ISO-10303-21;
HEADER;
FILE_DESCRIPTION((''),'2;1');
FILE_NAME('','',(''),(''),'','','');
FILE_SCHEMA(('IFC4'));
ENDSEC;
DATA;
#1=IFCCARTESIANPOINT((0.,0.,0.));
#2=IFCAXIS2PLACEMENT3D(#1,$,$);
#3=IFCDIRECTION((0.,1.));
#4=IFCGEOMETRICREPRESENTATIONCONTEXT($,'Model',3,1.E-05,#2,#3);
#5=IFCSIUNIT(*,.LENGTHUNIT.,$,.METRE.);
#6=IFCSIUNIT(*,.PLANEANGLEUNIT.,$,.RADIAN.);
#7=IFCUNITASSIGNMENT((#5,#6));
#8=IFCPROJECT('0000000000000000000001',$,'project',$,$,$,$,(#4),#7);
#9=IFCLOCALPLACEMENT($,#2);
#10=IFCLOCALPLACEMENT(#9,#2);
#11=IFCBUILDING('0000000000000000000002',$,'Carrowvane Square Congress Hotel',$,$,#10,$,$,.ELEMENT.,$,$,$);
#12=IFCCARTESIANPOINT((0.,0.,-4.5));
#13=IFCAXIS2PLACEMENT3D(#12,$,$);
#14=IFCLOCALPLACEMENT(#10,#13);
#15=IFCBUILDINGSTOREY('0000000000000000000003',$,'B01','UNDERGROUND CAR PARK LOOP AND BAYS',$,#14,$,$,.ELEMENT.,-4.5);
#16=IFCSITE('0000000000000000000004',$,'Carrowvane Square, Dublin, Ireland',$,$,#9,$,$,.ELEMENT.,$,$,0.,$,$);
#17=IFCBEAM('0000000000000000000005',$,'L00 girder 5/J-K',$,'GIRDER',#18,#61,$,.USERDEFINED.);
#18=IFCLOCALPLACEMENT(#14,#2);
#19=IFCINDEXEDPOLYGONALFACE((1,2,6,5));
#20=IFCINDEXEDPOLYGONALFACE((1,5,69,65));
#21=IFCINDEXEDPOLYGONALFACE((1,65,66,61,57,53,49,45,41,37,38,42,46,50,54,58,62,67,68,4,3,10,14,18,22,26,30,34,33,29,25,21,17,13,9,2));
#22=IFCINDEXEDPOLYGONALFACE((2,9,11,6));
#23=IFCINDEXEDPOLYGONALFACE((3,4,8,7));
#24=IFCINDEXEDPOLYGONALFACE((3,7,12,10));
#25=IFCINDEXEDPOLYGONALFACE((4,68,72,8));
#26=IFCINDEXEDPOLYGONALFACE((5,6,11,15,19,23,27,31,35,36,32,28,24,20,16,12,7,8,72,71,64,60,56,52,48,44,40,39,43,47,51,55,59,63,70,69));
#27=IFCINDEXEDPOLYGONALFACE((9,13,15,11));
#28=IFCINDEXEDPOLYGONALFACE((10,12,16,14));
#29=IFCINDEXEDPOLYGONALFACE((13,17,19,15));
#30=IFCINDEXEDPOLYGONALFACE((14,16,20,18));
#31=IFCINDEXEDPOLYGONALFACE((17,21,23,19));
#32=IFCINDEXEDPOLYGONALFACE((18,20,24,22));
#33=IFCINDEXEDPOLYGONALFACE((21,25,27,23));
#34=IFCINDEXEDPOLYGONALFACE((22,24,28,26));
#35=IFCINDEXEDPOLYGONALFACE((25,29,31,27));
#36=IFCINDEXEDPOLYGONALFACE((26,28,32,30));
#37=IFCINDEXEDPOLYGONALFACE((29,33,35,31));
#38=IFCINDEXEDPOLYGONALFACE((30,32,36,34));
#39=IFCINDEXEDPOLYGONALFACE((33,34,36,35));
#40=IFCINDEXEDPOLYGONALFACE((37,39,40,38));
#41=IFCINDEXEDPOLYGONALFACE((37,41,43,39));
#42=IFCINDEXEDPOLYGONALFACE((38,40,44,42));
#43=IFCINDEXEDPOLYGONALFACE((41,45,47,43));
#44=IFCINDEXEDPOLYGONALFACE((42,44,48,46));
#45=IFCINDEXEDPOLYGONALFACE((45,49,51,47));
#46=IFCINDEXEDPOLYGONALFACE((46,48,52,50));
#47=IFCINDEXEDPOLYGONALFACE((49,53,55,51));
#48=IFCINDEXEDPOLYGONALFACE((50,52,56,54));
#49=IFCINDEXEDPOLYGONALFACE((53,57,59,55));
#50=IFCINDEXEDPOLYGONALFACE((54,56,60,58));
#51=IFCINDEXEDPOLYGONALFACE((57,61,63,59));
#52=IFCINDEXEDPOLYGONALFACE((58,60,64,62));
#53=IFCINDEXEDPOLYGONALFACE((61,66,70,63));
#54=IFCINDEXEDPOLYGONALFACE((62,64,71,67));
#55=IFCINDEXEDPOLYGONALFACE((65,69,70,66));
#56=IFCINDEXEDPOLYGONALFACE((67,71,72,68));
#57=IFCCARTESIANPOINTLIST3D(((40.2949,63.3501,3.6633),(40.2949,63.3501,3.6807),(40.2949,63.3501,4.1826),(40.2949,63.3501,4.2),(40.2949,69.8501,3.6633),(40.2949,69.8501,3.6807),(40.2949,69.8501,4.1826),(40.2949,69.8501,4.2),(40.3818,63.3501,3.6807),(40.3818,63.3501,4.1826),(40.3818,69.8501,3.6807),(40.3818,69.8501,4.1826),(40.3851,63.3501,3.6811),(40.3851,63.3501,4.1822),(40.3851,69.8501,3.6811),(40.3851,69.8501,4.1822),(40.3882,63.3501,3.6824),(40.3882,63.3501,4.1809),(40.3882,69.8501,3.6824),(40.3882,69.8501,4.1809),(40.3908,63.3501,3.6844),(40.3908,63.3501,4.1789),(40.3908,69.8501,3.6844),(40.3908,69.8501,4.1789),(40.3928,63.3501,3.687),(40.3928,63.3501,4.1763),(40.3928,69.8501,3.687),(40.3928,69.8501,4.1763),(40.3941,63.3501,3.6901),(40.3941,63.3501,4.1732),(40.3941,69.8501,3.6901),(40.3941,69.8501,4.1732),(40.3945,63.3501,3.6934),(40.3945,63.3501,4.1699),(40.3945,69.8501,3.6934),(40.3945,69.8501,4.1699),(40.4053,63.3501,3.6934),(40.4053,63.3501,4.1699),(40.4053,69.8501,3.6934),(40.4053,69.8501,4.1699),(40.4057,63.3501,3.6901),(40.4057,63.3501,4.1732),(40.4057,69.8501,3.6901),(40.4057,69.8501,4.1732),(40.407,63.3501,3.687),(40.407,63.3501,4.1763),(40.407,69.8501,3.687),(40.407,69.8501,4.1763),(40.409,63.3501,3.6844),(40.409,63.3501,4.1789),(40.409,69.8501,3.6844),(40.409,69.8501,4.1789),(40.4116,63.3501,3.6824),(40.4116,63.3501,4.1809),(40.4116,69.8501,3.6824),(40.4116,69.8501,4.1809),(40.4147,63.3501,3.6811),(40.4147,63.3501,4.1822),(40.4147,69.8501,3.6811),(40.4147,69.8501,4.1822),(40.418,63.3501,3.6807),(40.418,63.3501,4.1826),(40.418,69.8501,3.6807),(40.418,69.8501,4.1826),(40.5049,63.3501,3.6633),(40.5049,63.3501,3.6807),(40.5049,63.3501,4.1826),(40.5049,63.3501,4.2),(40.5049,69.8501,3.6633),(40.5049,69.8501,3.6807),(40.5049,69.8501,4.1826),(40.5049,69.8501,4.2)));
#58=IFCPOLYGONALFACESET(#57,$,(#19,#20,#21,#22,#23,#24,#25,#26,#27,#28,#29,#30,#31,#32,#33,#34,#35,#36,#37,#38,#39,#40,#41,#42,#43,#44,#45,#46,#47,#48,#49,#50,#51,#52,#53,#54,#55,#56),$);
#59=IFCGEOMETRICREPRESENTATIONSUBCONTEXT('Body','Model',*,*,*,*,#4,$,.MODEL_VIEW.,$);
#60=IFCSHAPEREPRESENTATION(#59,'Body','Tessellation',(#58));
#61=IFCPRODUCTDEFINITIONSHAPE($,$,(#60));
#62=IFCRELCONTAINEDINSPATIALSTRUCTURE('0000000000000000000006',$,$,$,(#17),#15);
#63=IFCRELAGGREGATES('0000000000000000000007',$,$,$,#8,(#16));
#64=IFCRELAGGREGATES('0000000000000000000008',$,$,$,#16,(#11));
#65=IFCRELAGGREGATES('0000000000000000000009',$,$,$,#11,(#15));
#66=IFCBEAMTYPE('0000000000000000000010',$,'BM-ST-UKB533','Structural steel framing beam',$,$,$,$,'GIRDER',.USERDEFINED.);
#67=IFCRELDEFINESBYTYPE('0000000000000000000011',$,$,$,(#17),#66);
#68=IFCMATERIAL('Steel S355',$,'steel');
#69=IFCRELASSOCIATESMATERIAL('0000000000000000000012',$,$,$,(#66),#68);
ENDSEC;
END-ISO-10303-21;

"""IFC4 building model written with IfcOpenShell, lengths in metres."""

from ifc_helpers import new_model, si_unit, direction, frame, origin, origin_2d, place, context, subcontext, project, spatial, i_section, extrude, material, material_profile, profile_set, type_object, element, save


model = new_model("IFC4")

# Units and contexts
model_context = context("Model", 3, precision=1e-05, world=origin(), true_north=direction((0.0, 1.0)))
body_context = subcontext(model_context, "Body", "Model", "MODEL_VIEW")
ifc_project = project(units=[si_unit("LENGTHUNIT", "METRE"), si_unit("PLANEANGLEUNIT", "RADIAN")], contexts=[model_context])

# Site, building, storey
site_placement = place(None, origin())
site = spatial("IfcSite", under=ifc_project, at=site_placement, Name="Carrowvane Square, Dublin, Ireland", CompositionType="ELEMENT", RefElevation=0.0)
building_placement = place(site_placement, origin())
building = spatial("IfcBuilding", under=site, at=building_placement, Name="Carrowvane Square Congress Hotel", CompositionType="ELEMENT")
storey_placement = place(building_placement, frame((0.0, 0.0, -4.5)))
storey = spatial("IfcBuildingStorey", under=building, at=storey_placement, Name="B01", Description="UNDERGROUND CAR PARK LOOP AND BAYS", CompositionType="ELEMENT", Elevation=-4.5)

# Beam
ifc_material_1 = material(Name="Steel S355", Category="steel")
ifc_material_profile_1 = material_profile(ifc_material_1, i_section(OverallWidth=0.21, OverallDepth=0.5366, WebThickness=0.0107, FlangeThickness=0.0173, FilletRadius=0.0127, at=origin_2d()), Name="UKB 533x210x101")
ifc_profile_set_1 = profile_set([ifc_material_profile_1], Name="Steel S355")
beam_type_1 = type_object("IfcBeamType", Name="BM-ST-UKB533", Description="Structural steel framing beam", ElementType="GIRDER", PredefinedType="USERDEFINED", material=ifc_profile_set_1)
for number, where, z_axis, x_axis, name in (
    (1, (40.3999, 63.3501, 3.9316), (0.0, 1.0, 0.0), (-1.0, 0.0, 0.0), "L00 girder 5/J-K"),
):
    element("IfcBeam", number, at=place(storey_placement, frame(where, z_axis=z_axis, x_axis=x_axis)), inside=storey, type_object=beam_type_1, Name=name, ObjectType="GIRDER", PredefinedType="USERDEFINED", context=body_context, shape_type="SweptSolid", body=[
        extrude(i_section(OverallWidth=0.21, OverallDepth=0.5366, WebThickness=0.0107, FlangeThickness=0.0173, FilletRadius=0.0127, at=origin_2d()), origin(), (0.0, 0.0, 1.0), 6.5),
    ])

save(model, "model.ifc")
